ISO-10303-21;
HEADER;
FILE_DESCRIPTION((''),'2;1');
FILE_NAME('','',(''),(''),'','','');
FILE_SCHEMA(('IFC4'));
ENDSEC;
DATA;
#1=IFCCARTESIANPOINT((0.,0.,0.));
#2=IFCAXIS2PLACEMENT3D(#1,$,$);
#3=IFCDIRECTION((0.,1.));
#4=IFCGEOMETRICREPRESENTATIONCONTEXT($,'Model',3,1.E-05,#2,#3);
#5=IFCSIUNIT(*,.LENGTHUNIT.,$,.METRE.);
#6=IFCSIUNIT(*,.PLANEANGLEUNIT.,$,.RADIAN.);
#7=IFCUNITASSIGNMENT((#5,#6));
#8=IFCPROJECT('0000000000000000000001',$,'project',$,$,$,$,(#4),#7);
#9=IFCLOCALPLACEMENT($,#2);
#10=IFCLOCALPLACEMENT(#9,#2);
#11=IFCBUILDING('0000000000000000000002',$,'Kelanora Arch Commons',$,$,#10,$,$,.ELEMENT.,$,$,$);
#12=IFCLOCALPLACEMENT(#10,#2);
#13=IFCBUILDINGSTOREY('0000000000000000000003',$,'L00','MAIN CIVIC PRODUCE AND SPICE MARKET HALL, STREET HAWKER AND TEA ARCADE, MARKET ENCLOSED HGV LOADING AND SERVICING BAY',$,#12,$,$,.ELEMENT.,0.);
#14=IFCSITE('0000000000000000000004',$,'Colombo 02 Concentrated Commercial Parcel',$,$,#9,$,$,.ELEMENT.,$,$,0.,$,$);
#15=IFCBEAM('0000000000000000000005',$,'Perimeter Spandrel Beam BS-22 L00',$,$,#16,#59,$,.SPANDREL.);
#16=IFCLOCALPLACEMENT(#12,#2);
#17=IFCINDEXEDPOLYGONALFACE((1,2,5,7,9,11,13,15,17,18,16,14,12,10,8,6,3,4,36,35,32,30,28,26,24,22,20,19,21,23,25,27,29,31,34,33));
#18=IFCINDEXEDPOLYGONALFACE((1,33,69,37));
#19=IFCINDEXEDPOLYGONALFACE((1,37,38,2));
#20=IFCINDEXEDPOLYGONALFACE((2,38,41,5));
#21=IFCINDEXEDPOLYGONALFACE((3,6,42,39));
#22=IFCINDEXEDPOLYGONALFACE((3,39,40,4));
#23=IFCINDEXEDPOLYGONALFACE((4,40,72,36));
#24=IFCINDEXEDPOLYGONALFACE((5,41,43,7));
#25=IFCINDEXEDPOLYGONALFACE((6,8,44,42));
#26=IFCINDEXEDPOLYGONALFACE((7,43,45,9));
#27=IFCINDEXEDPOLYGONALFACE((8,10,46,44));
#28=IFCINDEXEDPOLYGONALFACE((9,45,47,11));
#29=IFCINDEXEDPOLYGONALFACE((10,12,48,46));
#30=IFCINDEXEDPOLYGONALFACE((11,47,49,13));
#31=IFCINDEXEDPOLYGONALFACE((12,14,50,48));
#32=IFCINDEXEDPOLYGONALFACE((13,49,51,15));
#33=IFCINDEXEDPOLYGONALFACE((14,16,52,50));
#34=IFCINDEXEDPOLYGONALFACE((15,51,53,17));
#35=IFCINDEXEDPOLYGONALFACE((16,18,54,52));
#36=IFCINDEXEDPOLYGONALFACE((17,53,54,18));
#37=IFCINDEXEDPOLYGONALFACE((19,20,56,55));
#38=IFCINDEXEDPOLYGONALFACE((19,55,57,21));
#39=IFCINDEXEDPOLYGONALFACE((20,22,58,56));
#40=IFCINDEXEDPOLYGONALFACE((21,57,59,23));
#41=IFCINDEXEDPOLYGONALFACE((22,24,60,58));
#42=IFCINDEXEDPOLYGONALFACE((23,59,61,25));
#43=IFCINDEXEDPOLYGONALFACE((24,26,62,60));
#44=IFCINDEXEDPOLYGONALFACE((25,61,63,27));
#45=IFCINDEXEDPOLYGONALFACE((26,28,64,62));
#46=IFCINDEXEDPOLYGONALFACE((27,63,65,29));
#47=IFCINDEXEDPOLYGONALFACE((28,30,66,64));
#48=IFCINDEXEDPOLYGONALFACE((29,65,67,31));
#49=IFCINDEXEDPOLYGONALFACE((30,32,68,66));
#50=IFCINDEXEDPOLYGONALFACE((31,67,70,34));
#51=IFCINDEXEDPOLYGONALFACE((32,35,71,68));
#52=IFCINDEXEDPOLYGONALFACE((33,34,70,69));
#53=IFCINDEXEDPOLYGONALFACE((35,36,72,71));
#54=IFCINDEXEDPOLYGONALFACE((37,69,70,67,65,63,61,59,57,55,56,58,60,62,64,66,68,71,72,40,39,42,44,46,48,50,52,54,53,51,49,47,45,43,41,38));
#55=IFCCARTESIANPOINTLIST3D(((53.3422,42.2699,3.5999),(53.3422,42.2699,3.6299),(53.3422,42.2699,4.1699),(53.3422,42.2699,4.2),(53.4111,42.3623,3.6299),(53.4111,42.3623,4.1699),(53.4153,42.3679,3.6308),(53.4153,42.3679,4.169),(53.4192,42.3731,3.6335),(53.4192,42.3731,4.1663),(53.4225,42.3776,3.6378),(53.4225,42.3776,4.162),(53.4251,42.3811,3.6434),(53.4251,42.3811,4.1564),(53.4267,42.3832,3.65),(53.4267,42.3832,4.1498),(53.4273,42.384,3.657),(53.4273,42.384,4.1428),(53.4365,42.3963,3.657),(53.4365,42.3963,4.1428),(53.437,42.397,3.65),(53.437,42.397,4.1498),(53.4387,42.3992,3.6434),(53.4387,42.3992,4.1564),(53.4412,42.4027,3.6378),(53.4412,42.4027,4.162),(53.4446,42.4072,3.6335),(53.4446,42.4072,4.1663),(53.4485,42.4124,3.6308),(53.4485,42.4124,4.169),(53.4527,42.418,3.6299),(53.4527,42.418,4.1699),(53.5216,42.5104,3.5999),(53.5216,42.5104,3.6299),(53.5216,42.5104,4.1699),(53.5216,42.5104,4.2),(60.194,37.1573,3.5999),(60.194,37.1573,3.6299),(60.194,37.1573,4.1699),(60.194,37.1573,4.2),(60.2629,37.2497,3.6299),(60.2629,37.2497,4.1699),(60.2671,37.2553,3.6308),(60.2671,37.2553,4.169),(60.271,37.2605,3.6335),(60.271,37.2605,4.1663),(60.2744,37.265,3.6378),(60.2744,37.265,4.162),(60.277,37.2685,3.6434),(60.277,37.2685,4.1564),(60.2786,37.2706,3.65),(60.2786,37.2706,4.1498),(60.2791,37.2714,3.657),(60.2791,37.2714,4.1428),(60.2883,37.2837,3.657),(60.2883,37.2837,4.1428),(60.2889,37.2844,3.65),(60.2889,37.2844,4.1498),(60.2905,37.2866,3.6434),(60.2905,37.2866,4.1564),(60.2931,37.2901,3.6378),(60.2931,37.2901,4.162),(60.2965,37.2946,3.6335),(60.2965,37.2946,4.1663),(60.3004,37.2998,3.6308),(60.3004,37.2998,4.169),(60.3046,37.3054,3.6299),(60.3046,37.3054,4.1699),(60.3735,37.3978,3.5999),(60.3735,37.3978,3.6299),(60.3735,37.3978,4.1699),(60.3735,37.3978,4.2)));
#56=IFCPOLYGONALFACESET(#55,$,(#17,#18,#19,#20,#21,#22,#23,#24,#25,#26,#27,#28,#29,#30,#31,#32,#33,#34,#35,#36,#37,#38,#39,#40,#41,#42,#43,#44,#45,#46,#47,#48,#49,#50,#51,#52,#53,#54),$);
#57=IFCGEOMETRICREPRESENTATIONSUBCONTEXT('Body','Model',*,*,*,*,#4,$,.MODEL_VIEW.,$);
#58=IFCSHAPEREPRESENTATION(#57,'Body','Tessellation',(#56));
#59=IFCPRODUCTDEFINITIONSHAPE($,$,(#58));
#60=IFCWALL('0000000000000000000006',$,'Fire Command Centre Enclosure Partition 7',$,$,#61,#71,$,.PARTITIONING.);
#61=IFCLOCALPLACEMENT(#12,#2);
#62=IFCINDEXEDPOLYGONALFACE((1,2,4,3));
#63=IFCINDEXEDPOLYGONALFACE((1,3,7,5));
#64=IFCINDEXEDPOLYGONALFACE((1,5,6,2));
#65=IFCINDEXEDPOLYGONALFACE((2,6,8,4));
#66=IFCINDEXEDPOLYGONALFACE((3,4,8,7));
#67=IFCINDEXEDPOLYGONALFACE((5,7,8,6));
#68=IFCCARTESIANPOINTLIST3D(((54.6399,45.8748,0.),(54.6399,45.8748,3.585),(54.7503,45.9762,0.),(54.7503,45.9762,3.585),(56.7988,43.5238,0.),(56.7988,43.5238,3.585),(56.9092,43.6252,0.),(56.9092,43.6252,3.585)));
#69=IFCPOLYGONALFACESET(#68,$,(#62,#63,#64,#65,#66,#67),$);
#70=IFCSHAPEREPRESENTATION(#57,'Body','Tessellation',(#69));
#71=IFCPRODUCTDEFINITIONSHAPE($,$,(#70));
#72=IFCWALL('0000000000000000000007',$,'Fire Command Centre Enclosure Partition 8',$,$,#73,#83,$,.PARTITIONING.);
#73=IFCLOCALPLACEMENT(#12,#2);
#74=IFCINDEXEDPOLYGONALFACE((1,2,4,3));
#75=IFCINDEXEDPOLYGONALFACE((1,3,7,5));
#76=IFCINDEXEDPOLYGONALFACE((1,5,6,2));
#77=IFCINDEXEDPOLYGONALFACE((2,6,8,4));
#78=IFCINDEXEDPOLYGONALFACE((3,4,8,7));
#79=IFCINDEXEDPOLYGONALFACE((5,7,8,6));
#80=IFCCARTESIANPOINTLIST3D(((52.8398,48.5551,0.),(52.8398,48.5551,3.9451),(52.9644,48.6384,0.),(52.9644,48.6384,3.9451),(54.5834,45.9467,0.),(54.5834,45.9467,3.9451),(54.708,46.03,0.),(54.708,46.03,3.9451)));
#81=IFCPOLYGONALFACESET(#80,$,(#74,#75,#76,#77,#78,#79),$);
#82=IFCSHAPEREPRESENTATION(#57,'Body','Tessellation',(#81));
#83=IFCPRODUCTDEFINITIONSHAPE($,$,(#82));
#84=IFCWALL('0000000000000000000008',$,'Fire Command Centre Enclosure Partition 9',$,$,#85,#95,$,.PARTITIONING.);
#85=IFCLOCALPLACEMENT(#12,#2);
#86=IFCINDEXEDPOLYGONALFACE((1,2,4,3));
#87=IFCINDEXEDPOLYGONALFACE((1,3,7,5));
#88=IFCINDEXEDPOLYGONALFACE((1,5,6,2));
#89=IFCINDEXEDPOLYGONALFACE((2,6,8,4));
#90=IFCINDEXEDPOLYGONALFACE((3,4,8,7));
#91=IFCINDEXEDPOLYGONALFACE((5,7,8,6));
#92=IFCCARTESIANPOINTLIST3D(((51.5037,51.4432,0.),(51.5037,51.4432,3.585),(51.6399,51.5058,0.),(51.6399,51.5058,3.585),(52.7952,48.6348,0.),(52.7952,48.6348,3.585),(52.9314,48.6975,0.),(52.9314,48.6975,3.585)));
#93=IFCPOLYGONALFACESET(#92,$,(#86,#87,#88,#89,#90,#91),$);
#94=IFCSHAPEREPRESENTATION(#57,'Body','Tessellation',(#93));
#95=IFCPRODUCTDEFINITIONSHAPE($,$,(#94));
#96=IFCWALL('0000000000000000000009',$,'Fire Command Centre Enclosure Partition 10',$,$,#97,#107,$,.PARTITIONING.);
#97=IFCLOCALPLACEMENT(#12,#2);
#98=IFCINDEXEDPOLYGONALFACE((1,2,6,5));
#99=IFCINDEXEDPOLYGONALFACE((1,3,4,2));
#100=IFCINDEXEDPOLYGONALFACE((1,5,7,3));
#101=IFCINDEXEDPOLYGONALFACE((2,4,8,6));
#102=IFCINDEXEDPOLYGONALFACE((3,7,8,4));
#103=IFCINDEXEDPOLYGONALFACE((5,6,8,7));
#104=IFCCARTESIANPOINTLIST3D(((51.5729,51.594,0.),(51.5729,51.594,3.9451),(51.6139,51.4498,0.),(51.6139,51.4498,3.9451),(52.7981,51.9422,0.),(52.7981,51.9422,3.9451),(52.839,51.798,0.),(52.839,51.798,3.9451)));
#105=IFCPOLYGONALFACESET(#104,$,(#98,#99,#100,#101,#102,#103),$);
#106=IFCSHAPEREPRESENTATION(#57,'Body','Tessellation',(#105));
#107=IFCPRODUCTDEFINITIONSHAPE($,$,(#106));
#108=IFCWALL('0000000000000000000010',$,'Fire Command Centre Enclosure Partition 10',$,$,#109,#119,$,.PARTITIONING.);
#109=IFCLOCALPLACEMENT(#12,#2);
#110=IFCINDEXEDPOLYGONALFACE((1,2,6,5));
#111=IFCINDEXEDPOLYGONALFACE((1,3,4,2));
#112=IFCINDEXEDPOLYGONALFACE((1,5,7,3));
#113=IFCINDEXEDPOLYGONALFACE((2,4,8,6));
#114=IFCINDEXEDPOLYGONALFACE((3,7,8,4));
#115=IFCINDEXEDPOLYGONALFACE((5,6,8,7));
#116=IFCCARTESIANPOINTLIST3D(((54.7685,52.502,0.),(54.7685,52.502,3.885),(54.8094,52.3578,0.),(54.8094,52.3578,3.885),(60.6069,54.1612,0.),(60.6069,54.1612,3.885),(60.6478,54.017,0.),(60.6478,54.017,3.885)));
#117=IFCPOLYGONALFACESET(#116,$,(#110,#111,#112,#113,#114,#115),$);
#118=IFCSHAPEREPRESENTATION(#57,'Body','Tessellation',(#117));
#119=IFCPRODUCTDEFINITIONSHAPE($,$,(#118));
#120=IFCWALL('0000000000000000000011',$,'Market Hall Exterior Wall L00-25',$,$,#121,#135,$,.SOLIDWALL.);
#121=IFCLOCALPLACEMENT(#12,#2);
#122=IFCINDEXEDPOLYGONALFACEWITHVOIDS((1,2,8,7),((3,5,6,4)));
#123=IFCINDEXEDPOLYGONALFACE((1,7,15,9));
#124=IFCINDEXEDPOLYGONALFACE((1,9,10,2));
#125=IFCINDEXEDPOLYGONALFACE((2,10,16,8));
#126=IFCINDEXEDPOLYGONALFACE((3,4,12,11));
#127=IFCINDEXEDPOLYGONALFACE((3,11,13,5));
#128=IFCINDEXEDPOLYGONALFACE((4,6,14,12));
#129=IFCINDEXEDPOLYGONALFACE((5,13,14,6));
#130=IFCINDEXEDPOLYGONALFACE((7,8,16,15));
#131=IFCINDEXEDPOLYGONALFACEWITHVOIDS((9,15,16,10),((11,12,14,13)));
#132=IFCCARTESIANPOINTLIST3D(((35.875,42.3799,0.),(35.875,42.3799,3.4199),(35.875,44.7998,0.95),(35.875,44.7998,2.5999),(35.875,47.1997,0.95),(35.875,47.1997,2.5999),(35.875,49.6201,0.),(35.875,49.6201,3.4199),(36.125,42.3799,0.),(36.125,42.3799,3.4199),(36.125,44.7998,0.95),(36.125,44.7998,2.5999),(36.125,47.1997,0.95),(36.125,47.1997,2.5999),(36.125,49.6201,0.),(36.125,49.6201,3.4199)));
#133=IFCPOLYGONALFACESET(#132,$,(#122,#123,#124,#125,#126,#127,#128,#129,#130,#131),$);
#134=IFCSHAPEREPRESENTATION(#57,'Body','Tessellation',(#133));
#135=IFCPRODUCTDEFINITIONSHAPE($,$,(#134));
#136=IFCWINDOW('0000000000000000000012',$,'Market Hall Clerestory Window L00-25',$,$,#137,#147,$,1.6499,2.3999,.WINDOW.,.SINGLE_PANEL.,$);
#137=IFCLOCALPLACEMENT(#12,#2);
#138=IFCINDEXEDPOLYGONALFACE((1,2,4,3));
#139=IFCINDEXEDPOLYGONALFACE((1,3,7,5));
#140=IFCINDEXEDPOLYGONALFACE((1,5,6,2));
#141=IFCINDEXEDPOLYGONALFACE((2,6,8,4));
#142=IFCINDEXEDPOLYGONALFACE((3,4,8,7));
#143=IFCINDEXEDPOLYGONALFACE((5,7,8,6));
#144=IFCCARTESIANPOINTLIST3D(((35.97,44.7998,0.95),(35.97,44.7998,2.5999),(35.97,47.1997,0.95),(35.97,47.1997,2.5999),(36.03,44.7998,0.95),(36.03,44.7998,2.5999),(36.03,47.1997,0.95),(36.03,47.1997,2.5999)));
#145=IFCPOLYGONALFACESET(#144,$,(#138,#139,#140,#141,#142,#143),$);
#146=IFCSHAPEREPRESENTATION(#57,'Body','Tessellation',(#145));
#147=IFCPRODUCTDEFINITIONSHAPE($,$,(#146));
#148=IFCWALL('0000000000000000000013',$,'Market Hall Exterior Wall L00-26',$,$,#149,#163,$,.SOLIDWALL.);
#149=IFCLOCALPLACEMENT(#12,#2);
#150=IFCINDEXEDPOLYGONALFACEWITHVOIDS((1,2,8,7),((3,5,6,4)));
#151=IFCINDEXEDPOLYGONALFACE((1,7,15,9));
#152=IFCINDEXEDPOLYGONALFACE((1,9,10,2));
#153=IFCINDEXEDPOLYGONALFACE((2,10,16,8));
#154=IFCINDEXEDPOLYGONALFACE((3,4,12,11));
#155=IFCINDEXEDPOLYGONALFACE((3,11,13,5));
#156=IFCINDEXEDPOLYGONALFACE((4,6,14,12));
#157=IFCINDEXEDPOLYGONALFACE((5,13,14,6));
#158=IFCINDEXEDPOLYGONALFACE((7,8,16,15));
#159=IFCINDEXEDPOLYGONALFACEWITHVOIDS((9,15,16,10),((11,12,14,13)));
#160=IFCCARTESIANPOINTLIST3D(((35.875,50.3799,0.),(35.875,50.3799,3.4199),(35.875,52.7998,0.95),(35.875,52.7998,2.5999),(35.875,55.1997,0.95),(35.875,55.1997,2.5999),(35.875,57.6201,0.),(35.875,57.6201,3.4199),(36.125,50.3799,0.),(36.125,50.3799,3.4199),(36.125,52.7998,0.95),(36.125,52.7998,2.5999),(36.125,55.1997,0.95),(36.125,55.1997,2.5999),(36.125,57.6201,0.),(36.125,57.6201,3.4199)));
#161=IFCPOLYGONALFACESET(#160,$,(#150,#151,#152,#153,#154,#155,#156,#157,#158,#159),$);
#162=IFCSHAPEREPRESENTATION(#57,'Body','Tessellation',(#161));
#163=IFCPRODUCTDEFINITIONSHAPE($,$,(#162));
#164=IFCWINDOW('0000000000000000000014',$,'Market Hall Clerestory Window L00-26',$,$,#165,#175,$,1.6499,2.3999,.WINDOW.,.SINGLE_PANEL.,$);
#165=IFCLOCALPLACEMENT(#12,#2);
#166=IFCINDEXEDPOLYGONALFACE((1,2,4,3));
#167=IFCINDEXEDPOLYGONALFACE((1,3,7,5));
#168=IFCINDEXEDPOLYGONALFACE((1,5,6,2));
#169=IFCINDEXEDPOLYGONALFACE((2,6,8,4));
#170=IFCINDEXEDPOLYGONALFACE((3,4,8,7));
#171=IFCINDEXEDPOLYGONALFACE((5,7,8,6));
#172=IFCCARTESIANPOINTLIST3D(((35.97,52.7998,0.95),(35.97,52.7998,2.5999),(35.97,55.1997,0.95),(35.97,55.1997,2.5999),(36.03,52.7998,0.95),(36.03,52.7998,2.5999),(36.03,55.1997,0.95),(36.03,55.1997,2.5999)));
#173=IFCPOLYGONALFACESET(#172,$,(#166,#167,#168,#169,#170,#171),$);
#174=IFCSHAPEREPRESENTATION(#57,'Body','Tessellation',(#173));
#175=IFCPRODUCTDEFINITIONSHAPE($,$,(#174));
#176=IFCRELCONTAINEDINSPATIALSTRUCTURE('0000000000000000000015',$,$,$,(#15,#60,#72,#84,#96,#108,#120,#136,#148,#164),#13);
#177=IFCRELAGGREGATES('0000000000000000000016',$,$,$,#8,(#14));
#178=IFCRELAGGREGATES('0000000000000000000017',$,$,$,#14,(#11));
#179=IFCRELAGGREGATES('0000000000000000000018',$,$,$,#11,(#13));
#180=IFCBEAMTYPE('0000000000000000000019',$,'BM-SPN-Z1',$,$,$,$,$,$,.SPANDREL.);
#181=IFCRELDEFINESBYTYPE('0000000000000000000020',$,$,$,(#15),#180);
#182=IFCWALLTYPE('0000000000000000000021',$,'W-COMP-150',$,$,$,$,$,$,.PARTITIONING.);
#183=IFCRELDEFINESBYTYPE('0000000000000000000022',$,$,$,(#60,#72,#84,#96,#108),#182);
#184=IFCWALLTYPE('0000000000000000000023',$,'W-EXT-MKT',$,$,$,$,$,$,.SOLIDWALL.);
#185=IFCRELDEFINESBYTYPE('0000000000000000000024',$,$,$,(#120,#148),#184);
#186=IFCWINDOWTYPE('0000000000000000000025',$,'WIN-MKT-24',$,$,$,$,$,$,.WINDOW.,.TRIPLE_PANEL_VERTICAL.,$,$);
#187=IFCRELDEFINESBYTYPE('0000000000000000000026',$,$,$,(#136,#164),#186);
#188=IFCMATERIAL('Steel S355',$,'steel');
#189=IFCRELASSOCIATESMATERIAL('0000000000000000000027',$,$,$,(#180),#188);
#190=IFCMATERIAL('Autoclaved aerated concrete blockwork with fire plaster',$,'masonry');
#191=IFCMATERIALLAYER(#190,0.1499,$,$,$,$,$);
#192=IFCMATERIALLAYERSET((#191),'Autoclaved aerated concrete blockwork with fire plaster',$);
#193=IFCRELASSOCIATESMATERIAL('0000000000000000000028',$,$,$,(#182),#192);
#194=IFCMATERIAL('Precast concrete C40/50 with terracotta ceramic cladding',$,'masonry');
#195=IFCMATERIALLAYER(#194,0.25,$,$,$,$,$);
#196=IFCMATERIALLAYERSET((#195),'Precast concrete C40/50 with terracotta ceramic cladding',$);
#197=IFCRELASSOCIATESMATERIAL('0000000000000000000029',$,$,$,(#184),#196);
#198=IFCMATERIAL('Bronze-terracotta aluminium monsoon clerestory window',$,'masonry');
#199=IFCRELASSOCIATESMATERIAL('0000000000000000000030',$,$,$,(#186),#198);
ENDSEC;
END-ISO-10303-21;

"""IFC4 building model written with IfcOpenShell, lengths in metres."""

from ifc_helpers import new_model, si_unit, direction, frame, frame_2d, origin, origin_2d, place, context, subcontext, project, spatial, rectangle, i_section, extrude, material, layer, layer_set, material_profile, profile_set, type_object, element, fill, save


model = new_model("IFC4")

# Units and contexts
model_context = context("Model", 3, precision=1e-05, world=origin(), true_north=direction((0.0, 1.0)))
body_context = subcontext(model_context, "Body", "Model", "MODEL_VIEW")
ifc_project = project(units=[si_unit("LENGTHUNIT", "METRE"), si_unit("PLANEANGLEUNIT", "RADIAN")], contexts=[model_context])

# Site, building, storey
site_placement = place(None, origin())
site = spatial("IfcSite", under=ifc_project, at=site_placement, Name="Colombo 02 Concentrated Commercial Parcel", CompositionType="ELEMENT", RefElevation=0.0)
building_placement = place(site_placement, origin())
building = spatial("IfcBuilding", under=site, at=building_placement, Name="Kelanora Arch Commons", CompositionType="ELEMENT")
storey_placement = place(building_placement, origin())
storey = spatial("IfcBuildingStorey", under=building, at=storey_placement, Name="L00", Description="MAIN CIVIC PRODUCE AND SPICE MARKET HALL, STREET HAWKER AND TEA ARCADE, MARKET ENCLOSED HGV LOADING AND SERVICING BAY", CompositionType="ELEMENT", Elevation=0.0)

# Beam
ifc_material_1 = material(Name="Steel S355", Category="steel")
ifc_material_profile_1 = material_profile(ifc_material_1, i_section(OverallWidth=0.3, OverallDepth=0.6001, WebThickness=0.0154, FlangeThickness=0.03, FilletRadius=0.0271, at=origin_2d()), Name="HEB600")
ifc_profile_set_1 = profile_set([ifc_material_profile_1], Name="Steel S355")
beam_type_1 = type_object("IfcBeamType", Name="BM-SPN-Z1", PredefinedType="SPANDREL", material=ifc_profile_set_1)
beam_1_placement = place(storey_placement, frame((53.4319, 42.3901, 3.8999), z_axis=(0.801475, -0.598029, 0.0), x_axis=(0.598029, 0.801475, 0.0)))
element("IfcBeam", 1, at=beam_1_placement, inside=storey, type_object=beam_type_1, Name="Perimeter Spandrel Beam BS-22 L00", PredefinedType="SPANDREL", context=body_context, shape_type="SweptSolid", body=[
    extrude(i_section(OverallWidth=0.3, OverallDepth=0.6001, WebThickness=0.0154, FlangeThickness=0.03, FilletRadius=0.0271, at=origin_2d()), origin(), (0.0, 0.0, 1.0), 8.5491),
])

# Walls
ifc_material_2 = material(Name="Autoclaved aerated concrete blockwork with fire plaster", Category="masonry")
ifc_layer_1 = layer(ifc_material_2, 0.1499)
ifc_layer_set_1 = layer_set([ifc_layer_1], Name="Autoclaved aerated concrete blockwork with fire plaster")
wall_type_1 = type_object("IfcWallType", Name="W-COMP-150", PredefinedType="PARTITIONING", material=ifc_layer_set_1)
wall_1_placement = place(storey_placement, frame((56.854, 43.5745, 0.0), z_axis=(0.0, 0.0, 1.0), x_axis=(-0.676369, 0.736563, 0.0)))
element("IfcWall", 2, at=wall_1_placement, inside=storey, type_object=wall_type_1, Name="Fire Command Centre Enclosure Partition 7", PredefinedType="PARTITIONING", context=body_context, shape_type="SweptSolid", body=[
    extrude(rectangle(XDim=3.1919, YDim=0.1499, at=frame_2d((1.5959, 0.0))), origin(), (0.0, 0.0, 1.0), 3.585),
])
wall_2_placement = place(storey_placement, frame((54.6458, 45.9883, 0.0), z_axis=(0.0, 0.0, 1.0), x_axis=(-0.555741, 0.831355, 0.0)))
element("IfcWall", 3, at=wall_2_placement, inside=storey, type_object=wall_type_1, Name="Fire Command Centre Enclosure Partition 8", PredefinedType="PARTITIONING", context=body_context, shape_type="SweptSolid", body=[
    extrude(rectangle(XDim=3.1375, YDim=0.1499, at=frame_2d((1.5688, 0.0))), origin(), (0.0, 0.0, 1.0), 3.9451),
])
wall_3_placement = place(storey_placement, frame((52.8633, 48.6663, 0.0), z_axis=(0.0, 0.0, 1.0), x_axis=(-0.417816, 0.908532, 0.0)))
element("IfcWall", 4, at=wall_3_placement, inside=storey, type_object=wall_type_1, Name="Fire Command Centre Enclosure Partition 9", PredefinedType="PARTITIONING", context=body_context, shape_type="SweptSolid", body=[
    extrude(rectangle(XDim=3.0911, YDim=0.1499, at=frame_2d((1.5454, 0.0))), origin(), (0.0, 0.0, 1.0), 3.585),
])
wall_4_placement = place(storey_placement, frame((51.5935, 51.522, 0.0), z_axis=(0.0, 0.0, 1.0), x_axis=(0.961914, 0.273354, 0.0)))
element("IfcWall", 5, at=wall_4_placement, inside=storey, type_object=wall_type_1, Name="Fire Command Centre Enclosure Partition 10", PredefinedType="PARTITIONING", context=body_context, shape_type="SweptSolid", body=[
    extrude(rectangle(XDim=1.2737, YDim=0.1499, at=frame_2d((0.6367, 0.0))), origin(), (0.0, 0.0, 1.0), 3.9451),
])
wall_5_placement = place(storey_placement, frame((54.7891, 52.4299, 0.0), z_axis=(0.0, 0.0, 1.0), x_axis=(0.961912, 0.273361, 0.0)))
element("IfcWall", 6, at=wall_5_placement, inside=storey, type_object=wall_type_1, Name="Fire Command Centre Enclosure Partition 10", PredefinedType="PARTITIONING", context=body_context, shape_type="SweptSolid", body=[
    extrude(rectangle(XDim=6.0696, YDim=0.1499, at=frame_2d((3.0347, 0.0))), origin(), (0.0, 0.0, 1.0), 3.885),
])

# Walls, openings, windows
ifc_material_3 = material(Name="Precast concrete C40/50 with terracotta ceramic cladding", Category="masonry")
ifc_layer_2 = layer(ifc_material_3, 0.25)
ifc_layer_set_2 = layer_set([ifc_layer_2], Name="Precast concrete C40/50 with terracotta ceramic cladding")
wall_type_2 = type_object("IfcWallType", Name="W-EXT-MKT", PredefinedType="SOLIDWALL", material=ifc_layer_set_2)
wall_6_placement = place(storey_placement, frame((36.0, 42.3799, 0.0), z_axis=(0.0, 0.0, 1.0), x_axis=(0.0, 1.0, 0.0)))
wall_6 = element("IfcWall", 7, at=wall_6_placement, inside=storey, type_object=wall_type_2, Name="Market Hall Exterior Wall L00-25", PredefinedType="SOLIDWALL", context=body_context, shape_type="SweptSolid", body=[
    extrude(rectangle(XDim=7.2402, YDim=0.25, at=frame_2d((3.6201, 0.0))), origin(), (0.0, 0.0, 1.0), 3.4199),
])
opening_1_placement = place(wall_6_placement, frame((2.4199, 0.0, 0.95)))
opening_1 = element("IfcOpeningElement", 8, at=opening_1_placement, cuts=wall_6, PredefinedType="OPENING", context=body_context, shape_type="SweptSolid", body=[
    extrude(rectangle(XDim=2.3999, YDim=1.6499, at=frame_2d((1.2, 0.825))), frame((0.0, 0.135, 0.0), z_axis=(0.0, -1.0, 0.0), x_axis=(1.0, 0.0, 0.0)), (0.0, 0.0, 1.0), 0.27),
])
ifc_material_4 = material(Name="Bronze-terracotta aluminium monsoon clerestory window", Category="masonry")
window_type = type_object("IfcWindowType", Name="WIN-MKT-24", PartitioningType="TRIPLE_PANEL_VERTICAL", PredefinedType="WINDOW", material=ifc_material_4)
window_1_placement = place(opening_1_placement, origin())
window_1 = element("IfcWindow", 9, at=window_1_placement, inside=storey, type_object=window_type, Name="Market Hall Clerestory Window L00-25", OverallHeight=1.6499, OverallWidth=2.3999, PartitioningType="SINGLE_PANEL", PredefinedType="WINDOW", context=body_context, shape_type="SweptSolid", body=[
    extrude(rectangle(XDim=2.3999, YDim=1.6499, at=frame_2d((1.2, 0.825))), frame((0.0, 0.03, 0.0), z_axis=(0.0, -1.0, 0.0), x_axis=(1.0, 0.0, 0.0)), (0.0, 0.0, 1.0), 0.0601),
])
fill(opening_1, window_1)
wall_7_placement = place(storey_placement, frame((36.0, 50.3799, 0.0), z_axis=(0.0, 0.0, 1.0), x_axis=(0.0, 1.0, 0.0)))
wall_7 = element("IfcWall", 10, at=wall_7_placement, inside=storey, type_object=wall_type_2, Name="Market Hall Exterior Wall L00-26", PredefinedType="SOLIDWALL", context=body_context, shape_type="SweptSolid", body=[
    extrude(rectangle(XDim=7.2402, YDim=0.25, at=frame_2d((3.6201, 0.0))), origin(), (0.0, 0.0, 1.0), 3.4199),
])
opening_2_placement = place(wall_7_placement, frame((2.4199, 0.0, 0.95)))
opening_2 = element("IfcOpeningElement", 11, at=opening_2_placement, cuts=wall_7, PredefinedType="OPENING", context=body_context, shape_type="SweptSolid", body=[
    extrude(rectangle(XDim=2.3999, YDim=1.6499, at=frame_2d((1.2, 0.825))), frame((0.0, 0.135, 0.0), z_axis=(0.0, -1.0, 0.0), x_axis=(1.0, 0.0, 0.0)), (0.0, 0.0, 1.0), 0.27),
])
window_2_placement = place(opening_2_placement, origin())
window_2 = element("IfcWindow", 12, at=window_2_placement, inside=storey, type_object=window_type, Name="Market Hall Clerestory Window L00-26", OverallHeight=1.6499, OverallWidth=2.3999, PartitioningType="SINGLE_PANEL", PredefinedType="WINDOW", context=body_context, shape_type="SweptSolid", body=[
    extrude(rectangle(XDim=2.3999, YDim=1.6499, at=frame_2d((1.2, 0.825))), frame((0.0, 0.03, 0.0), z_axis=(0.0, -1.0, 0.0), x_axis=(1.0, 0.0, 0.0)), (0.0, 0.0, 1.0), 0.0601),
])
fill(opening_2, window_2)

save(model, "model.ifc")
